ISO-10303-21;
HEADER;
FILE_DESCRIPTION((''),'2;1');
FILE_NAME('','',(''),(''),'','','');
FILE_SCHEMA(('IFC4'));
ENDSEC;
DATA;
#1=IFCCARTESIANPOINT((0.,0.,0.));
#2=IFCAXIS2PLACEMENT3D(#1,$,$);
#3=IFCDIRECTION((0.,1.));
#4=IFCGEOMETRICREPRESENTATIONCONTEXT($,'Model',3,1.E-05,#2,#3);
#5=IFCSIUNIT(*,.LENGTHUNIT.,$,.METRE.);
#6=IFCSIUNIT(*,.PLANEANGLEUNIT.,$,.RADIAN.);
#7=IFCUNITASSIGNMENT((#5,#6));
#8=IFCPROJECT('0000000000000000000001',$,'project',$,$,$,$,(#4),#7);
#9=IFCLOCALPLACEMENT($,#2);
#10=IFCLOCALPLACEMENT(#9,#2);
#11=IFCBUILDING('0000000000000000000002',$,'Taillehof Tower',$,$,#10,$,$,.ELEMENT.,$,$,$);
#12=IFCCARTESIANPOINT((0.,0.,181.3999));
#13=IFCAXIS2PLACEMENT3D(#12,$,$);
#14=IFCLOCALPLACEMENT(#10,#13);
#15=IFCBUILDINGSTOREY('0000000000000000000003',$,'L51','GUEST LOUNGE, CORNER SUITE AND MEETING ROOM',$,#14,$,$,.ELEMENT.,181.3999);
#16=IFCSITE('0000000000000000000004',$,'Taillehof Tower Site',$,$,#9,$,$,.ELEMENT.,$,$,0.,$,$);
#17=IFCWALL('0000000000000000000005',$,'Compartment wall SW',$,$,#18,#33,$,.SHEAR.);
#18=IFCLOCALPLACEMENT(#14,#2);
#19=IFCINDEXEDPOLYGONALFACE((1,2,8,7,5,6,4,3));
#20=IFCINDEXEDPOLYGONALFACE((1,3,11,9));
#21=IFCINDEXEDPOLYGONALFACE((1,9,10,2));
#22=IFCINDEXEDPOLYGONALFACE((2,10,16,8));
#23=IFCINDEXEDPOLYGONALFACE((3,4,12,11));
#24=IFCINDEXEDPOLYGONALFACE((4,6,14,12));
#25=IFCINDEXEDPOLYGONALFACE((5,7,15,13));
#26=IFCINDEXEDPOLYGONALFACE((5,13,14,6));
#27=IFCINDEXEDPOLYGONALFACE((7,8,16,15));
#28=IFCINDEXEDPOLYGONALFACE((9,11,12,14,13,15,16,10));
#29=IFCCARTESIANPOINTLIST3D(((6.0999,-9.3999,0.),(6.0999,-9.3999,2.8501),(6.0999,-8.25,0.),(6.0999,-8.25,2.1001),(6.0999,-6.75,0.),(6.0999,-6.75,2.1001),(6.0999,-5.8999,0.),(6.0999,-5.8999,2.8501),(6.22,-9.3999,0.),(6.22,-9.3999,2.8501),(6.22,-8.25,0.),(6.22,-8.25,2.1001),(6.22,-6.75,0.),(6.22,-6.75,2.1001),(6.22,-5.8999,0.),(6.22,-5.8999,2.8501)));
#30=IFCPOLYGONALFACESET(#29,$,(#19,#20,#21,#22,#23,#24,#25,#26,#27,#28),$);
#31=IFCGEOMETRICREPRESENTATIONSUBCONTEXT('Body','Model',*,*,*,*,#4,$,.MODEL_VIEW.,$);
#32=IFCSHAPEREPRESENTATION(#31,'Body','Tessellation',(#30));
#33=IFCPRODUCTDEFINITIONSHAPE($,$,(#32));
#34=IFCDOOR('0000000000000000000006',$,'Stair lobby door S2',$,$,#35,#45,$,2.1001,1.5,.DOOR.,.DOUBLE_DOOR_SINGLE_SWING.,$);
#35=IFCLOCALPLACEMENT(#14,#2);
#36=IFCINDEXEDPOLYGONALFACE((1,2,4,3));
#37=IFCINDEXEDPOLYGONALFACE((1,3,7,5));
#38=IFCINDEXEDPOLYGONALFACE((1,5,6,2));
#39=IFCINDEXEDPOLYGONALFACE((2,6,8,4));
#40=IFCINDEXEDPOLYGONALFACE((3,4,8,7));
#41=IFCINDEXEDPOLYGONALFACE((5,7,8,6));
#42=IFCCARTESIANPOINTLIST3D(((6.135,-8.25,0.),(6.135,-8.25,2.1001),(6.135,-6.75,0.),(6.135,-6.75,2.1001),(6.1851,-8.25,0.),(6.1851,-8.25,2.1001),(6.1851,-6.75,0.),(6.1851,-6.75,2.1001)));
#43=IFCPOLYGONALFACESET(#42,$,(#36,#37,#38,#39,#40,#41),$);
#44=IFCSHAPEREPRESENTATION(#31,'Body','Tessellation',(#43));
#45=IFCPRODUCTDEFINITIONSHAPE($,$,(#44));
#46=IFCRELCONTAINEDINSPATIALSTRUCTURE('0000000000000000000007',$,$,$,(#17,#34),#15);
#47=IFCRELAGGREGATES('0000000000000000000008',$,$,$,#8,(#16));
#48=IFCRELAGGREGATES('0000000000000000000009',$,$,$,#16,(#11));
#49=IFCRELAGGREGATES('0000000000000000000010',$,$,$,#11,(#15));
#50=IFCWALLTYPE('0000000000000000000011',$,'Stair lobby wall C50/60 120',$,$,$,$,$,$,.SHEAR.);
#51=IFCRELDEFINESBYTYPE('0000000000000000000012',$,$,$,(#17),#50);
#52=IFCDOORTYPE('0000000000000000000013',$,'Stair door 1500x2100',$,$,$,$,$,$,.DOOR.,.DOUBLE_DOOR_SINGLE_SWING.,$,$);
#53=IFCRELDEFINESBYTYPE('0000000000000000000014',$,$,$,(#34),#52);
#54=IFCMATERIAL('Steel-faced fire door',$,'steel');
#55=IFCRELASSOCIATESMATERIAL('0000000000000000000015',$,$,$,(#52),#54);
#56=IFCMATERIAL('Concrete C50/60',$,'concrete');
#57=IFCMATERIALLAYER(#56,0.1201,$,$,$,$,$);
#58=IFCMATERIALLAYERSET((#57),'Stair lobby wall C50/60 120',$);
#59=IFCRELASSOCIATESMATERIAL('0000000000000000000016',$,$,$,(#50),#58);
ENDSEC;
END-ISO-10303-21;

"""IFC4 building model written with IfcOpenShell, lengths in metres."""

from ifc_helpers import new_model, si_unit, direction, frame, frame_2d, origin, place, context, subcontext, project, spatial, rectangle, extrude, material, layer, layer_set, type_object, element, fill, save


model = new_model("IFC4")

# Units and contexts
model_context = context("Model", 3, precision=1e-05, world=origin(), true_north=direction((0.0, 1.0)))
body_context = subcontext(model_context, "Body", "Model", "MODEL_VIEW")
ifc_project = project(units=[si_unit("LENGTHUNIT", "METRE"), si_unit("PLANEANGLEUNIT", "RADIAN")], contexts=[model_context])

# Site, building, storey
site_placement = place(None, origin())
site = spatial("IfcSite", under=ifc_project, at=site_placement, Name="Taillehof Tower Site", CompositionType="ELEMENT", RefElevation=0.0)
building_placement = place(site_placement, origin())
building = spatial("IfcBuilding", under=site, at=building_placement, Name="Taillehof Tower", CompositionType="ELEMENT")
storey_placement = place(building_placement, frame((0.0, 0.0, 181.3999)))
storey = spatial("IfcBuildingStorey", under=building, at=storey_placement, Name="L51", Description="GUEST LOUNGE, CORNER SUITE AND MEETING ROOM", CompositionType="ELEMENT", Elevation=181.3999)

# Shared definitions
ifc_material_1 = material(Name="Steel-faced fire door", Category="steel")
door_type_1 = type_object("IfcDoorType", Name="Stair door 1500x2100", OperationType="DOUBLE_DOOR_SINGLE_SWING", PredefinedType="DOOR", material=ifc_material_1)

# Wall, opening, door
ifc_material_2 = material(Name="Concrete C50/60", Category="concrete")
ifc_layer_1 = layer(ifc_material_2, 0.1201)
ifc_layer_set_1 = layer_set([ifc_layer_1], Name="Stair lobby wall C50/60 120")
wall_type_1 = type_object("IfcWallType", Name="Stair lobby wall C50/60 120", PredefinedType="SHEAR", material=ifc_layer_set_1)
wall_1_placement = place(storey_placement, frame((6.1599, -9.3999, 0.0), z_axis=(0.0, 0.0, 1.0), x_axis=(0.0, 1.0, 0.0)))
wall_1 = element("IfcWall", 1, at=wall_1_placement, inside=storey, type_object=wall_type_1, Name="Compartment wall SW", PredefinedType="SHEAR", context=body_context, shape_type="SweptSolid", body=[
    extrude(rectangle(XDim=3.5, YDim=0.1201, at=frame_2d((1.75, 0.0))), origin(), (0.0, 0.0, 1.0), 2.8501),
])
opening_1_placement = place(wall_1_placement, frame((1.1499, 0.0, 0.0)))
opening_1 = element("IfcOpeningElement", 2, at=opening_1_placement, cuts=wall_1, PredefinedType="OPENING", context=body_context, shape_type="SweptSolid", body=[
    extrude(rectangle(XDim=1.5, YDim=2.1001, at=frame_2d((0.75, 1.05))), frame((0.0, 0.0701, 0.0), z_axis=(0.0, -1.0, 0.0), x_axis=(1.0, 0.0, 0.0)), (0.0, 0.0, 1.0), 0.1401),
])
door_1_placement = place(opening_1_placement, origin())
door_1 = element("IfcDoor", 3, at=door_1_placement, inside=storey, type_object=door_type_1, Name="Stair lobby door S2", OperationType="DOUBLE_DOOR_SINGLE_SWING", OverallHeight=2.1001, OverallWidth=1.5, PredefinedType="DOOR", context=body_context, shape_type="SweptSolid", body=[
    extrude(rectangle(XDim=1.5, YDim=2.1001, at=frame_2d((0.75, 1.05))), frame((0.0, 0.0249, 0.0), z_axis=(0.0, -1.0, 0.0), x_axis=(1.0, 0.0, 0.0)), (0.0, 0.0, 1.0), 0.05),
])
fill(opening_1, door_1)

save(model, "model.ifc")
